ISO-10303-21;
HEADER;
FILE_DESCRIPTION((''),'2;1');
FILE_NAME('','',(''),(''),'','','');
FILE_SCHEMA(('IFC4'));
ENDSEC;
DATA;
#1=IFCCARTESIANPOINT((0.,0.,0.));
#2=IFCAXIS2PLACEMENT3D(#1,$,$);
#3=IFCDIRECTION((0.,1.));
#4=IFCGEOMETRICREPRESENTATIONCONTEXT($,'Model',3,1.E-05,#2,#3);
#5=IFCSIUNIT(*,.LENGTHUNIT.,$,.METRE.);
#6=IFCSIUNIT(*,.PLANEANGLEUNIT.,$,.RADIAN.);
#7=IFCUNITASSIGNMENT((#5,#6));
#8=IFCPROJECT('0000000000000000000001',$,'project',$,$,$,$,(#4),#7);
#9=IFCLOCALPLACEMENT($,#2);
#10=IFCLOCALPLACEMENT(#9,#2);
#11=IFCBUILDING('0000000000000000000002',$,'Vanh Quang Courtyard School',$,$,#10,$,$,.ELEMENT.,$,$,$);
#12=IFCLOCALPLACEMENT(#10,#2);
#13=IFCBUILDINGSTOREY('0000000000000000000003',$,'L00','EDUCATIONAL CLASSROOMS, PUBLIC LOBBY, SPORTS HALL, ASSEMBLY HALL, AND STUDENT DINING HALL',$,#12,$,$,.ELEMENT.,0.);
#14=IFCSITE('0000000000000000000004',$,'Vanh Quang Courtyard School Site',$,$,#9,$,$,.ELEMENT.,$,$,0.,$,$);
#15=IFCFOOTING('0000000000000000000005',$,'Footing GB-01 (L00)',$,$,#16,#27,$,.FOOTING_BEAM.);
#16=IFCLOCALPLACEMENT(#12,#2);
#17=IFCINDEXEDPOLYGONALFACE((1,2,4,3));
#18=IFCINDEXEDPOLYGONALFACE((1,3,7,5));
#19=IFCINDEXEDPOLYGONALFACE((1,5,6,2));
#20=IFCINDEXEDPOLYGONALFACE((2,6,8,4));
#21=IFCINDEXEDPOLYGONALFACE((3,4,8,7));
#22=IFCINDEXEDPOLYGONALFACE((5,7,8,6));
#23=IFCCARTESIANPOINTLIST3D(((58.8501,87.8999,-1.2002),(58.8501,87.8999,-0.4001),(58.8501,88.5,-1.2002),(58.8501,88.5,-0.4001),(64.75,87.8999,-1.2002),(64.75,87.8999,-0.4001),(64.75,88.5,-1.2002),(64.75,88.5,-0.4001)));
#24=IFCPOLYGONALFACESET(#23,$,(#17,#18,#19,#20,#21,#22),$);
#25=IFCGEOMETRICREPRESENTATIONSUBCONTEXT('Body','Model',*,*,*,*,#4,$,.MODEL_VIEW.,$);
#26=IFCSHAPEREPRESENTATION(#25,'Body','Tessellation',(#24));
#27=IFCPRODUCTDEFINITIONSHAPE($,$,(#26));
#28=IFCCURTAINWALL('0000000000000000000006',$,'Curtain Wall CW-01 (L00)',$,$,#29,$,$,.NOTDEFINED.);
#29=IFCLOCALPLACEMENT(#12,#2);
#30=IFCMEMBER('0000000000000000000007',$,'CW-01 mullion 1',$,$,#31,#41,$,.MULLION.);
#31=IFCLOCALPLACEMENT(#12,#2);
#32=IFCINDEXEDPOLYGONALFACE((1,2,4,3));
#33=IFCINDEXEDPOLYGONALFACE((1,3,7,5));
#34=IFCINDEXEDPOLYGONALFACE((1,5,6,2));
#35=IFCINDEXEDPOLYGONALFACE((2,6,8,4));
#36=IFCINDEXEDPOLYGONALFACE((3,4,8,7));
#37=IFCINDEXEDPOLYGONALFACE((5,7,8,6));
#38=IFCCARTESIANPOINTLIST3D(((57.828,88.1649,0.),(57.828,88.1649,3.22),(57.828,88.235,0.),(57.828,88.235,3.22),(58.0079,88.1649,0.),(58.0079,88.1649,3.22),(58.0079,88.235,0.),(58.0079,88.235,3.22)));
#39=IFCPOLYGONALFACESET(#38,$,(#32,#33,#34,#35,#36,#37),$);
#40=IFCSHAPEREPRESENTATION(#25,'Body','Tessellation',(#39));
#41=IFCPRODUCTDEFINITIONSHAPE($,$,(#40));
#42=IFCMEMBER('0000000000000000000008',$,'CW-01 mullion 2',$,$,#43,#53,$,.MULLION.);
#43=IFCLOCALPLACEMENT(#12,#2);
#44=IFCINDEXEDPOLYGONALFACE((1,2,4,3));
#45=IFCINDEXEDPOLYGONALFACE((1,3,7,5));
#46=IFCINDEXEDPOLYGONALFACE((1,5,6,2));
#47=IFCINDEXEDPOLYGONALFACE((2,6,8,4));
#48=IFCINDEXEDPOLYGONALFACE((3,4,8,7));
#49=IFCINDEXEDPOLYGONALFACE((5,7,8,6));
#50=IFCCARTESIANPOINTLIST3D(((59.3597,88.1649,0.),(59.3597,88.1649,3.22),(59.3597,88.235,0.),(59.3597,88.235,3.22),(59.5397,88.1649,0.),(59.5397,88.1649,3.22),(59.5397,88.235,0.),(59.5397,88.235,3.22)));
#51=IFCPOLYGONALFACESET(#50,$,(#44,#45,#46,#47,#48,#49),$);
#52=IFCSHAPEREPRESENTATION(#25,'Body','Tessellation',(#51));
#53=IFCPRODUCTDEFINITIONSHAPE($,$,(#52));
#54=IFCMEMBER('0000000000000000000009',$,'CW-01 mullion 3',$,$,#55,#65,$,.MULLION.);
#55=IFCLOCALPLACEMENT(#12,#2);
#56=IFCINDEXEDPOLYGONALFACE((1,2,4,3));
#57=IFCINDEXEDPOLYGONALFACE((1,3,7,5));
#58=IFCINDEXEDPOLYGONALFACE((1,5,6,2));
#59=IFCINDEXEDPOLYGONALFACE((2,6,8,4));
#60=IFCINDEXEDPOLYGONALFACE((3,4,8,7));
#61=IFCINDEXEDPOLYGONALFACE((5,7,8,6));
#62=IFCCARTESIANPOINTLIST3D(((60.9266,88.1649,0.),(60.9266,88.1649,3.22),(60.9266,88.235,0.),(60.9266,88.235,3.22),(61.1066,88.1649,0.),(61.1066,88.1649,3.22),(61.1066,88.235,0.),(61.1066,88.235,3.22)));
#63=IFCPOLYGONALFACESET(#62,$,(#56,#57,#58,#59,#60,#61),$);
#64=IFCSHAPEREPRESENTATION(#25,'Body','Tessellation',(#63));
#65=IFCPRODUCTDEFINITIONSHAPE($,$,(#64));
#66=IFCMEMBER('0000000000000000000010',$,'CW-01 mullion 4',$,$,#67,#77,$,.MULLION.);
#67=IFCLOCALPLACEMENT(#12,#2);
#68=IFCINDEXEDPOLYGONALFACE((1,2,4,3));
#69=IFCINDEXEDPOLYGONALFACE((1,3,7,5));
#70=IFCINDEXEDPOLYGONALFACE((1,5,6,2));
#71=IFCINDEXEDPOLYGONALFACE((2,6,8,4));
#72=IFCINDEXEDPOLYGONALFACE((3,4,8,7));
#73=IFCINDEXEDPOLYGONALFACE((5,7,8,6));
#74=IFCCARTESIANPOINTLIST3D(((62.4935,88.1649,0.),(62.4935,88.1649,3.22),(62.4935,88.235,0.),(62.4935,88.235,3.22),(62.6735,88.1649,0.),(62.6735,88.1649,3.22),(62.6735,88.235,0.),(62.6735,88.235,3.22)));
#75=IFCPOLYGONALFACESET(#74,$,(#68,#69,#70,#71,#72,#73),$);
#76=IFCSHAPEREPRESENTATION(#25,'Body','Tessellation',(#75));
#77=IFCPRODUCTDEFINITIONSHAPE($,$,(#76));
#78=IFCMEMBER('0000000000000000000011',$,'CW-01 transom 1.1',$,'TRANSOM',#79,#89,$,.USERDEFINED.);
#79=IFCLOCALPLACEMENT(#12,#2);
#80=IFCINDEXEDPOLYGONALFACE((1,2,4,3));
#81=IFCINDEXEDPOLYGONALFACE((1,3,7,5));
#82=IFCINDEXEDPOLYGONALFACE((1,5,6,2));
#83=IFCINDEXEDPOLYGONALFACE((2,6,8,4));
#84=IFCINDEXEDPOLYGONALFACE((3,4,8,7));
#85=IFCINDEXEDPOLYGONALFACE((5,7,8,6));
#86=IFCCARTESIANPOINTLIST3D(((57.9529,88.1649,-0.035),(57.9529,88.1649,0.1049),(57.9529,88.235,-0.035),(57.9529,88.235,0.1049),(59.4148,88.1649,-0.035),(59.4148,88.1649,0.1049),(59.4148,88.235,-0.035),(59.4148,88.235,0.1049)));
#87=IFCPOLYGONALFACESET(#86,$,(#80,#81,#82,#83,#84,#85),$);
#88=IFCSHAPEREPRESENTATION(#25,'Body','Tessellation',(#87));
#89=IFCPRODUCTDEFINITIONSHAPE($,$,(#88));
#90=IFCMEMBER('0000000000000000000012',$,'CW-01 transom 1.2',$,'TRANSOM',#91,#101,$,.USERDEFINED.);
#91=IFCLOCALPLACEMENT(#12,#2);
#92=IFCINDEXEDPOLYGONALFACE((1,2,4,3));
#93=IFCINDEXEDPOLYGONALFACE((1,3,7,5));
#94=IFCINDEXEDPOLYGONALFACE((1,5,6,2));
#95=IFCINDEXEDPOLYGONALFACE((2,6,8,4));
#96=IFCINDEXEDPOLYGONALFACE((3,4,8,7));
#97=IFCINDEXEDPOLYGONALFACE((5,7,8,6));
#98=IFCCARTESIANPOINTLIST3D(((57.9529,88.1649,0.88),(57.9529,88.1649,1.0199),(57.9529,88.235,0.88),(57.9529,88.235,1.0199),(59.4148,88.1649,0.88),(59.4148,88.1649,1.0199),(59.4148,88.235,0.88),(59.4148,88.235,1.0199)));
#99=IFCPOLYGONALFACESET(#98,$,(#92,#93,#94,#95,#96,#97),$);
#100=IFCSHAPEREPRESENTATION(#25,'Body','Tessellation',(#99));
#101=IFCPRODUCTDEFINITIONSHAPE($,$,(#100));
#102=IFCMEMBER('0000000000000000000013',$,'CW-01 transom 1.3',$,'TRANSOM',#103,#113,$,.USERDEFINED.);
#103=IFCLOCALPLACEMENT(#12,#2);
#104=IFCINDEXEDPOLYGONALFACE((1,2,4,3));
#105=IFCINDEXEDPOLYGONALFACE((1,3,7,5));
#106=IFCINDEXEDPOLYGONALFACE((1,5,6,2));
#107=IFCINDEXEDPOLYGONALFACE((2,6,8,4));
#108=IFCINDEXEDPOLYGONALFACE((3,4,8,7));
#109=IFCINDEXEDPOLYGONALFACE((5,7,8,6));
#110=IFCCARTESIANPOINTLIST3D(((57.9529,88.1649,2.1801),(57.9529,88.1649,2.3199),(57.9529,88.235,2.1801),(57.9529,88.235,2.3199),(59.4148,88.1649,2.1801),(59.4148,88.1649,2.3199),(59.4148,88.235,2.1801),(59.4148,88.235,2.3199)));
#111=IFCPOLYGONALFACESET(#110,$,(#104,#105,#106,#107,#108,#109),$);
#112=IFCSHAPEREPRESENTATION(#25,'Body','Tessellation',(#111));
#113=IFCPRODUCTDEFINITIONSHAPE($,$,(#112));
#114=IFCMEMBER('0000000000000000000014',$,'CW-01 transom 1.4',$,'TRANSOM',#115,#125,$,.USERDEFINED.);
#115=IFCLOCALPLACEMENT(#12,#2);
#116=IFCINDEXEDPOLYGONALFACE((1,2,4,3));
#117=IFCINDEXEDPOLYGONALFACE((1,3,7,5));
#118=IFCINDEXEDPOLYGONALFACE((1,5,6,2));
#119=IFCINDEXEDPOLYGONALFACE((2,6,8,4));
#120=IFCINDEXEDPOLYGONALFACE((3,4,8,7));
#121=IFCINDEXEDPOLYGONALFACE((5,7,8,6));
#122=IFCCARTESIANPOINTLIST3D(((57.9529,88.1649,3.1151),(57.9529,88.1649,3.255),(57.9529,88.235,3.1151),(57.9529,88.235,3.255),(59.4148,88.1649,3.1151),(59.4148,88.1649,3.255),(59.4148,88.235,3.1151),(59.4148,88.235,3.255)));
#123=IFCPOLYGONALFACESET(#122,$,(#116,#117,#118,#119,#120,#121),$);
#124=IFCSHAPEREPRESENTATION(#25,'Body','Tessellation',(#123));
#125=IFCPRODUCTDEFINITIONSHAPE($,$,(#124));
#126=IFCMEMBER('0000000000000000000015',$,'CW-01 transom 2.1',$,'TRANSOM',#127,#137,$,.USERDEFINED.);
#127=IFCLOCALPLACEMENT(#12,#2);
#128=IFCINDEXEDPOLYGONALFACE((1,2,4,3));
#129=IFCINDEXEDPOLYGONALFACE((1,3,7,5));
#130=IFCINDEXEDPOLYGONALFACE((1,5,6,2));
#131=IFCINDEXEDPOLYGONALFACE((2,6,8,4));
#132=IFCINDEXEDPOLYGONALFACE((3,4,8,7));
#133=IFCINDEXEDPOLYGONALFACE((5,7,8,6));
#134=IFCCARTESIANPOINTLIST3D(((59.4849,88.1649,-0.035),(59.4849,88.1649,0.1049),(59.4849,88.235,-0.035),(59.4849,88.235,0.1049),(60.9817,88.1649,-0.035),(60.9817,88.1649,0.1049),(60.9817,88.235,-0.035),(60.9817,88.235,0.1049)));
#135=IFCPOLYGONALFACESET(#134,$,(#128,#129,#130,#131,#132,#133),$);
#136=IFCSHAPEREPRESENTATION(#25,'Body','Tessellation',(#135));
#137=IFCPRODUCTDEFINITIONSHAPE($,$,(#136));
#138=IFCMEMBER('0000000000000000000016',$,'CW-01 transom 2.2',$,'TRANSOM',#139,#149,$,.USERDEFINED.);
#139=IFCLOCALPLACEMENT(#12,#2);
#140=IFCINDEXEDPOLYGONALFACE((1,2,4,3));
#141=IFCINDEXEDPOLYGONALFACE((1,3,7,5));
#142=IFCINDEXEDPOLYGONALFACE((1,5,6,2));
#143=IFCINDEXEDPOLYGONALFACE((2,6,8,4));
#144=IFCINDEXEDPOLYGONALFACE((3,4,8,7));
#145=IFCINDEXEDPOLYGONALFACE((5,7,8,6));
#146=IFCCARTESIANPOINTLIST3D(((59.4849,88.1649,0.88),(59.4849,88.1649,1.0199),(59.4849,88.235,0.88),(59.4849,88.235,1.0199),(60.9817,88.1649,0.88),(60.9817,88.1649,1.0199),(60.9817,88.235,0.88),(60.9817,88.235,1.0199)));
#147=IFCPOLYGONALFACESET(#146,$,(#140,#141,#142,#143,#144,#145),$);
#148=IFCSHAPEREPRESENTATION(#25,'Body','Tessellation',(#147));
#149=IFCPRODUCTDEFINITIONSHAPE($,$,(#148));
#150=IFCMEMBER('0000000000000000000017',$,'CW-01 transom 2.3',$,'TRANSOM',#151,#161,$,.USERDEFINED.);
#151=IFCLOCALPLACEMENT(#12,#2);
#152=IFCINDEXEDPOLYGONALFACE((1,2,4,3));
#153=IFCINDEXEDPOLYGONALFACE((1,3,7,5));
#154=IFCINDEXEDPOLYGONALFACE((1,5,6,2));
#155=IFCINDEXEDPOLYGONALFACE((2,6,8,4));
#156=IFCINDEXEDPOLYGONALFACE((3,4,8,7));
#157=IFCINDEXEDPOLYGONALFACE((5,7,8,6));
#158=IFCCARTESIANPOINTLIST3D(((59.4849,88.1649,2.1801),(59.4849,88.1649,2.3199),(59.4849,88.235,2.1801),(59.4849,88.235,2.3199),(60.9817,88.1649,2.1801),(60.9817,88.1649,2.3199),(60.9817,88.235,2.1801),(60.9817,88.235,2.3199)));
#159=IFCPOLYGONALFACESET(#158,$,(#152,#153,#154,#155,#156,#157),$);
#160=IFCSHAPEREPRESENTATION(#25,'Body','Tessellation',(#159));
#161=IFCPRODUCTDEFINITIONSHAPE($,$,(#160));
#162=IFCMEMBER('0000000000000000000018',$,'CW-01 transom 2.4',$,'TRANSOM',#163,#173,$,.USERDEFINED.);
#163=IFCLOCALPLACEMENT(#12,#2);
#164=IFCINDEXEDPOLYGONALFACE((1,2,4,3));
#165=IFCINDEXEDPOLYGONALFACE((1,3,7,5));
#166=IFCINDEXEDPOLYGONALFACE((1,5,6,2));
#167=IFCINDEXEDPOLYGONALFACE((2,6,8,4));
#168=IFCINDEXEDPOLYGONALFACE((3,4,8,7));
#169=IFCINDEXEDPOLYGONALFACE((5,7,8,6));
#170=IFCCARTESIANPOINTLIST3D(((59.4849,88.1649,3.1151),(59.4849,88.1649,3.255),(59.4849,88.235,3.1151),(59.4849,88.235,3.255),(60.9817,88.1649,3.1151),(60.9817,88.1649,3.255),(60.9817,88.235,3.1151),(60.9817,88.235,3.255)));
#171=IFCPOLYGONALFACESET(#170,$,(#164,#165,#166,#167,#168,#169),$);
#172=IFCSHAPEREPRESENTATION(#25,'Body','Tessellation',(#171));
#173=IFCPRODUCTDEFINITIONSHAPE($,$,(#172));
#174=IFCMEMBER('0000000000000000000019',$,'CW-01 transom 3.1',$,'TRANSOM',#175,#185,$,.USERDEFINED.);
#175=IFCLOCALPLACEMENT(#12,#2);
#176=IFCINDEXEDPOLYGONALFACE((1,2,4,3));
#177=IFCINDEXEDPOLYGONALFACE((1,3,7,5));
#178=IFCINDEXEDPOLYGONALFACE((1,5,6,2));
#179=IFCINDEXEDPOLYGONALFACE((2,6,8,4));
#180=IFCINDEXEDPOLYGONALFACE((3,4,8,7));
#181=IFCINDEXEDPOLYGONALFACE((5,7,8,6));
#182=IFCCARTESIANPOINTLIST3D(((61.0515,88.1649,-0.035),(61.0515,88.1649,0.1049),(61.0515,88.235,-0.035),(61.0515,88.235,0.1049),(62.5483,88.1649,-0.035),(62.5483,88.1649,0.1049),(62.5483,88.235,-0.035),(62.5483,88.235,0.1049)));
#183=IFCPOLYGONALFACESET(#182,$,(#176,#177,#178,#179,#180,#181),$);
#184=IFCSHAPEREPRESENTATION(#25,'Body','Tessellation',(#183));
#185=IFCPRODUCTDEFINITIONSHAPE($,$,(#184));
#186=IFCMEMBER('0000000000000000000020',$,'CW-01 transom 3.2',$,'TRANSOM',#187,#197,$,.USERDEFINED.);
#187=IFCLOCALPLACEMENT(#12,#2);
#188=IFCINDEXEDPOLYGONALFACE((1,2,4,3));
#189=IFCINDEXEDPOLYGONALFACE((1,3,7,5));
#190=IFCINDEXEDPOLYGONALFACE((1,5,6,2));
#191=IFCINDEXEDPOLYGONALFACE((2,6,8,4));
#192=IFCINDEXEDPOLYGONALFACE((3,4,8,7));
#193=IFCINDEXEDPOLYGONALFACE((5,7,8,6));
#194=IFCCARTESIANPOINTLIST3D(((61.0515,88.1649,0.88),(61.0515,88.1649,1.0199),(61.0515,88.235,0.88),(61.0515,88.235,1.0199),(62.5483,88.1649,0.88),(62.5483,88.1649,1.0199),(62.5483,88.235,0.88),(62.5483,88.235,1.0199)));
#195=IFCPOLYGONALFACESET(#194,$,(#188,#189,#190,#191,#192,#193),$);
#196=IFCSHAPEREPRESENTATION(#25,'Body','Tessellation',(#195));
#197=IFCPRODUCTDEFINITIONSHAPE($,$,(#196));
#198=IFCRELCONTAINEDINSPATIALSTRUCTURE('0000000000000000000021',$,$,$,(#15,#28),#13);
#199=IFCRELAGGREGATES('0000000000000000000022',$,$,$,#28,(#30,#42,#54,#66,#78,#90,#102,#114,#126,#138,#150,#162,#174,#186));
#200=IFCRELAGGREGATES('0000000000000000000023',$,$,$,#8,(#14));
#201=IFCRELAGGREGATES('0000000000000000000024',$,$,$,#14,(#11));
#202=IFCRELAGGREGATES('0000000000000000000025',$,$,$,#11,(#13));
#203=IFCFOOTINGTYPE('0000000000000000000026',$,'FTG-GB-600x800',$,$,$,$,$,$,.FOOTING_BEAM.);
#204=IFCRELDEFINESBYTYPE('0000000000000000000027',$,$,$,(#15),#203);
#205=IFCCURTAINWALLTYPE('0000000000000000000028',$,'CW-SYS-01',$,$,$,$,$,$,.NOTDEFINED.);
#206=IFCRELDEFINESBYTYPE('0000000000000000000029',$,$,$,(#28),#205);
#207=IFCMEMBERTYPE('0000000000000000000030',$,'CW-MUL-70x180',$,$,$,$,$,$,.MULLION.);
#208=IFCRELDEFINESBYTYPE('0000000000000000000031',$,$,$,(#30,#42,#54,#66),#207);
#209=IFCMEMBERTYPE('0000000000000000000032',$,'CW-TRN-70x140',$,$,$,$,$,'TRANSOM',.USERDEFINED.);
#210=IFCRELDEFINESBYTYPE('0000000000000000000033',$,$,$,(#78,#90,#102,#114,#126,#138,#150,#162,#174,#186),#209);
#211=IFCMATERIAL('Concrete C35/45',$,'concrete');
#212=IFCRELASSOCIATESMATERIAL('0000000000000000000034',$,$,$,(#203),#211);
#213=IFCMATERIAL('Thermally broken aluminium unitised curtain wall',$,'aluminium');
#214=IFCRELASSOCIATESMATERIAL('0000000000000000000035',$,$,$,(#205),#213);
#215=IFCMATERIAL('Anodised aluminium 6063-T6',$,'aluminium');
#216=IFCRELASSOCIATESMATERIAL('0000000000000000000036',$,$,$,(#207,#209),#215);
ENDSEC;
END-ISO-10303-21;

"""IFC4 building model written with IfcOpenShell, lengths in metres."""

from ifc_helpers import new_model, si_unit, direction, frame, origin, origin_2d, place, context, subcontext, project, spatial, rectangle, extrude, material, material_profile, profile_set, type_object, element, aggregate, save


model = new_model("IFC4")

# Units and contexts
model_context = context("Model", 3, precision=1e-05, world=origin(), true_north=direction((0.0, 1.0)))
body_context = subcontext(model_context, "Body", "Model", "MODEL_VIEW")
ifc_project = project(units=[si_unit("LENGTHUNIT", "METRE"), si_unit("PLANEANGLEUNIT", "RADIAN")], contexts=[model_context])

# Site, building, storey
site_placement = place(None, origin())
site = spatial("IfcSite", under=ifc_project, at=site_placement, Name="Vanh Quang Courtyard School Site", CompositionType="ELEMENT", RefElevation=0.0)
building_placement = place(site_placement, origin())
building = spatial("IfcBuilding", under=site, at=building_placement, Name="Vanh Quang Courtyard School", CompositionType="ELEMENT")
storey_placement = place(building_placement, origin())
storey = spatial("IfcBuildingStorey", under=building, at=storey_placement, Name="L00", Description="EDUCATIONAL CLASSROOMS, PUBLIC LOBBY, SPORTS HALL, ASSEMBLY HALL, AND STUDENT DINING HALL", CompositionType="ELEMENT", Elevation=0.0)

# Footing
ifc_material_1 = material(Name="Concrete C35/45", Category="concrete")
footing_type = type_object("IfcFootingType", Name="FTG-GB-600x800", PredefinedType="FOOTING_BEAM", material=ifc_material_1)
footing_placement = place(storey_placement, frame((61.8, 88.2, -1.2002), z_axis=(0.0, 0.0, 1.0), x_axis=(1.0, 0.0, 0.0)))
element("IfcFooting", 1, at=footing_placement, inside=storey, type_object=footing_type, Name="Footing GB-01 (L00)", PredefinedType="FOOTING_BEAM", context=body_context, shape_type="SweptSolid", body=[
    extrude(rectangle(XDim=5.8999, YDim=0.6001, at=origin_2d()), origin(), (0.0, 0.0, 1.0), 0.8),
])

# Curtain wall, members
ifc_material_2 = material(Name="Thermally broken aluminium unitised curtain wall", Category="aluminium")
curtain_wall_type = type_object("IfcCurtainWallType", Name="CW-SYS-01", PredefinedType="NOTDEFINED", material=ifc_material_2)
curtain_wall_placement = place(storey_placement, origin())
curtain_wall = element("IfcCurtainWall", 2, at=curtain_wall_placement, inside=storey, type_object=curtain_wall_type, Name="Curtain Wall CW-01 (L00)", PredefinedType="NOTDEFINED")
ifc_material_3 = material(Name="Anodised aluminium 6063-T6", Category="aluminium")
ifc_material_profile_1 = material_profile(ifc_material_3, rectangle(XDim=0.0701, YDim=0.1799, at=origin_2d()), Name="ALU-MUL 70x180")
ifc_profile_set_1 = profile_set([ifc_material_profile_1], Name="Anodised aluminium 6063-T6")
member_type_1 = type_object("IfcMemberType", Name="CW-MUL-70x180", PredefinedType="MULLION", material=ifc_profile_set_1)
member_1_placement = place(storey_placement, frame((57.918, 88.2, 0.0), z_axis=(0.0, 0.0, 1.0), x_axis=(0.0, 1.0, 0.0)))
member_1 = element("IfcMember", 3, at=member_1_placement, type_object=member_type_1, Name="CW-01 mullion 1", PredefinedType="MULLION", context=body_context, shape_type="SweptSolid", body=[
    extrude(rectangle(XDim=0.0701, YDim=0.1799, at=origin_2d()), origin(), (0.0, 0.0, 1.0), 3.22),
])
member_2_placement = place(storey_placement, frame((59.4497, 88.2, 0.0), z_axis=(0.0, 0.0, 1.0), x_axis=(0.0, 1.0, 0.0)))
member_2 = element("IfcMember", 4, at=member_2_placement, type_object=member_type_1, Name="CW-01 mullion 2", PredefinedType="MULLION", context=body_context, shape_type="SweptSolid", body=[
    extrude(rectangle(XDim=0.0701, YDim=0.1799, at=origin_2d()), origin(), (0.0, 0.0, 1.0), 3.22),
])
member_3_placement = place(storey_placement, frame((61.0166, 88.2, 0.0), z_axis=(0.0, 0.0, 1.0), x_axis=(0.0, 1.0, 0.0)))
member_3 = element("IfcMember", 5, at=member_3_placement, type_object=member_type_1, Name="CW-01 mullion 3", PredefinedType="MULLION", context=body_context, shape_type="SweptSolid", body=[
    extrude(rectangle(XDim=0.0701, YDim=0.1799, at=origin_2d()), origin(), (0.0, 0.0, 1.0), 3.22),
])
member_4_placement = place(storey_placement, frame((62.5835, 88.2, 0.0), z_axis=(0.0, 0.0, 1.0), x_axis=(0.0, 1.0, 0.0)))
member_4 = element("IfcMember", 6, at=member_4_placement, type_object=member_type_1, Name="CW-01 mullion 4", PredefinedType="MULLION", context=body_context, shape_type="SweptSolid", body=[
    extrude(rectangle(XDim=0.0701, YDim=0.1799, at=origin_2d()), origin(), (0.0, 0.0, 1.0), 3.22),
])
ifc_material_profile_2 = material_profile(ifc_material_3, rectangle(XDim=0.0701, YDim=0.1399, at=origin_2d()), Name="ALU-TRN 70x140")
ifc_profile_set_2 = profile_set([ifc_material_profile_2], Name="Anodised aluminium 6063-T6")
member_type_2 = type_object("IfcMemberType", Name="CW-TRN-70x140", ElementType="TRANSOM", PredefinedType="USERDEFINED", material=ifc_profile_set_2)
member_5_placement = place(storey_placement, frame((57.9529, 88.2, 0.0349), z_axis=(1.0, 0.0, 0.0), x_axis=(0.0, 1.0, 0.0)))
member_5 = element("IfcMember", 7, at=member_5_placement, type_object=member_type_2, Name="CW-01 transom 1.1", ObjectType="TRANSOM", PredefinedType="USERDEFINED", context=body_context, shape_type="SweptSolid", body=[
    extrude(rectangle(XDim=0.0701, YDim=0.1399, at=origin_2d()), origin(), (0.0, 0.0, 1.0), 1.4619),
])
member_6_placement = place(storey_placement, frame((57.9529, 88.2, 0.95), z_axis=(1.0, 0.0, 0.0), x_axis=(0.0, 1.0, 0.0)))
member_6 = element("IfcMember", 8, at=member_6_placement, type_object=member_type_2, Name="CW-01 transom 1.2", ObjectType="TRANSOM", PredefinedType="USERDEFINED", context=body_context, shape_type="SweptSolid", body=[
    extrude(rectangle(XDim=0.0701, YDim=0.1399, at=origin_2d()), origin(), (0.0, 0.0, 1.0), 1.4619),
])
member_7_placement = place(storey_placement, frame((57.9529, 88.2, 2.25), z_axis=(1.0, 0.0, 0.0), x_axis=(0.0, 1.0, 0.0)))
member_7 = element("IfcMember", 9, at=member_7_placement, type_object=member_type_2, Name="CW-01 transom 1.3", ObjectType="TRANSOM", PredefinedType="USERDEFINED", context=body_context, shape_type="SweptSolid", body=[
    extrude(rectangle(XDim=0.0701, YDim=0.1399, at=origin_2d()), origin(), (0.0, 0.0, 1.0), 1.4619),
])
member_8_placement = place(storey_placement, frame((57.9529, 88.2, 3.1851), z_axis=(1.0, 0.0, 0.0), x_axis=(0.0, 1.0, 0.0)))
member_8 = element("IfcMember", 10, at=member_8_placement, type_object=member_type_2, Name="CW-01 transom 1.4", ObjectType="TRANSOM", PredefinedType="USERDEFINED", context=body_context, shape_type="SweptSolid", body=[
    extrude(rectangle(XDim=0.0701, YDim=0.1399, at=origin_2d()), origin(), (0.0, 0.0, 1.0), 1.4619),
])
member_9_placement = place(storey_placement, frame((59.4849, 88.2, 0.0349), z_axis=(1.0, 0.0, 0.0), x_axis=(0.0, 1.0, 0.0)))
member_9 = element("IfcMember", 11, at=member_9_placement, type_object=member_type_2, Name="CW-01 transom 2.1", ObjectType="TRANSOM", PredefinedType="USERDEFINED", context=body_context, shape_type="SweptSolid", body=[
    extrude(rectangle(XDim=0.0701, YDim=0.1399, at=origin_2d()), origin(), (0.0, 0.0, 1.0), 1.4968),
])
member_10_placement = place(storey_placement, frame((59.4849, 88.2, 0.95), z_axis=(1.0, 0.0, 0.0), x_axis=(0.0, 1.0, 0.0)))
member_10 = element("IfcMember", 12, at=member_10_placement, type_object=member_type_2, Name="CW-01 transom 2.2", ObjectType="TRANSOM", PredefinedType="USERDEFINED", context=body_context, shape_type="SweptSolid", body=[
    extrude(rectangle(XDim=0.0701, YDim=0.1399, at=origin_2d()), origin(), (0.0, 0.0, 1.0), 1.4968),
])
member_11_placement = place(storey_placement, frame((59.4849, 88.2, 2.25), z_axis=(1.0, 0.0, 0.0), x_axis=(0.0, 1.0, 0.0)))
member_11 = element("IfcMember", 13, at=member_11_placement, type_object=member_type_2, Name="CW-01 transom 2.3", ObjectType="TRANSOM", PredefinedType="USERDEFINED", context=body_context, shape_type="SweptSolid", body=[
    extrude(rectangle(XDim=0.0701, YDim=0.1399, at=origin_2d()), origin(), (0.0, 0.0, 1.0), 1.4968),
])
member_12_placement = place(storey_placement, frame((59.4849, 88.2, 3.1851), z_axis=(1.0, 0.0, 0.0), x_axis=(0.0, 1.0, 0.0)))
member_12 = element("IfcMember", 14, at=member_12_placement, type_object=member_type_2, Name="CW-01 transom 2.4", ObjectType="TRANSOM", PredefinedType="USERDEFINED", context=body_context, shape_type="SweptSolid", body=[
    extrude(rectangle(XDim=0.0701, YDim=0.1399, at=origin_2d()), origin(), (0.0, 0.0, 1.0), 1.4968),
])
member_13_placement = place(storey_placement, frame((61.0515, 88.2, 0.0349), z_axis=(1.0, 0.0, 0.0), x_axis=(0.0, 1.0, 0.0)))
member_13 = element("IfcMember", 15, at=member_13_placement, type_object=member_type_2, Name="CW-01 transom 3.1", ObjectType="TRANSOM", PredefinedType="USERDEFINED", context=body_context, shape_type="SweptSolid", body=[
    extrude(rectangle(XDim=0.0701, YDim=0.1399, at=origin_2d()), origin(), (0.0, 0.0, 1.0), 1.4968),
])
member_14_placement = place(storey_placement, frame((61.0515, 88.2, 0.95), z_axis=(1.0, 0.0, 0.0), x_axis=(0.0, 1.0, 0.0)))
member_14 = element("IfcMember", 16, at=member_14_placement, type_object=member_type_2, Name="CW-01 transom 3.2", ObjectType="TRANSOM", PredefinedType="USERDEFINED", context=body_context, shape_type="SweptSolid", body=[
    extrude(rectangle(XDim=0.0701, YDim=0.1399, at=origin_2d()), origin(), (0.0, 0.0, 1.0), 1.4968),
])
aggregate(curtain_wall, [member_1, member_2, member_3, member_4, member_5, member_6, member_7, member_8, member_9, member_10, member_11, member_12, member_13, member_14])

save(model, "model.ifc")
